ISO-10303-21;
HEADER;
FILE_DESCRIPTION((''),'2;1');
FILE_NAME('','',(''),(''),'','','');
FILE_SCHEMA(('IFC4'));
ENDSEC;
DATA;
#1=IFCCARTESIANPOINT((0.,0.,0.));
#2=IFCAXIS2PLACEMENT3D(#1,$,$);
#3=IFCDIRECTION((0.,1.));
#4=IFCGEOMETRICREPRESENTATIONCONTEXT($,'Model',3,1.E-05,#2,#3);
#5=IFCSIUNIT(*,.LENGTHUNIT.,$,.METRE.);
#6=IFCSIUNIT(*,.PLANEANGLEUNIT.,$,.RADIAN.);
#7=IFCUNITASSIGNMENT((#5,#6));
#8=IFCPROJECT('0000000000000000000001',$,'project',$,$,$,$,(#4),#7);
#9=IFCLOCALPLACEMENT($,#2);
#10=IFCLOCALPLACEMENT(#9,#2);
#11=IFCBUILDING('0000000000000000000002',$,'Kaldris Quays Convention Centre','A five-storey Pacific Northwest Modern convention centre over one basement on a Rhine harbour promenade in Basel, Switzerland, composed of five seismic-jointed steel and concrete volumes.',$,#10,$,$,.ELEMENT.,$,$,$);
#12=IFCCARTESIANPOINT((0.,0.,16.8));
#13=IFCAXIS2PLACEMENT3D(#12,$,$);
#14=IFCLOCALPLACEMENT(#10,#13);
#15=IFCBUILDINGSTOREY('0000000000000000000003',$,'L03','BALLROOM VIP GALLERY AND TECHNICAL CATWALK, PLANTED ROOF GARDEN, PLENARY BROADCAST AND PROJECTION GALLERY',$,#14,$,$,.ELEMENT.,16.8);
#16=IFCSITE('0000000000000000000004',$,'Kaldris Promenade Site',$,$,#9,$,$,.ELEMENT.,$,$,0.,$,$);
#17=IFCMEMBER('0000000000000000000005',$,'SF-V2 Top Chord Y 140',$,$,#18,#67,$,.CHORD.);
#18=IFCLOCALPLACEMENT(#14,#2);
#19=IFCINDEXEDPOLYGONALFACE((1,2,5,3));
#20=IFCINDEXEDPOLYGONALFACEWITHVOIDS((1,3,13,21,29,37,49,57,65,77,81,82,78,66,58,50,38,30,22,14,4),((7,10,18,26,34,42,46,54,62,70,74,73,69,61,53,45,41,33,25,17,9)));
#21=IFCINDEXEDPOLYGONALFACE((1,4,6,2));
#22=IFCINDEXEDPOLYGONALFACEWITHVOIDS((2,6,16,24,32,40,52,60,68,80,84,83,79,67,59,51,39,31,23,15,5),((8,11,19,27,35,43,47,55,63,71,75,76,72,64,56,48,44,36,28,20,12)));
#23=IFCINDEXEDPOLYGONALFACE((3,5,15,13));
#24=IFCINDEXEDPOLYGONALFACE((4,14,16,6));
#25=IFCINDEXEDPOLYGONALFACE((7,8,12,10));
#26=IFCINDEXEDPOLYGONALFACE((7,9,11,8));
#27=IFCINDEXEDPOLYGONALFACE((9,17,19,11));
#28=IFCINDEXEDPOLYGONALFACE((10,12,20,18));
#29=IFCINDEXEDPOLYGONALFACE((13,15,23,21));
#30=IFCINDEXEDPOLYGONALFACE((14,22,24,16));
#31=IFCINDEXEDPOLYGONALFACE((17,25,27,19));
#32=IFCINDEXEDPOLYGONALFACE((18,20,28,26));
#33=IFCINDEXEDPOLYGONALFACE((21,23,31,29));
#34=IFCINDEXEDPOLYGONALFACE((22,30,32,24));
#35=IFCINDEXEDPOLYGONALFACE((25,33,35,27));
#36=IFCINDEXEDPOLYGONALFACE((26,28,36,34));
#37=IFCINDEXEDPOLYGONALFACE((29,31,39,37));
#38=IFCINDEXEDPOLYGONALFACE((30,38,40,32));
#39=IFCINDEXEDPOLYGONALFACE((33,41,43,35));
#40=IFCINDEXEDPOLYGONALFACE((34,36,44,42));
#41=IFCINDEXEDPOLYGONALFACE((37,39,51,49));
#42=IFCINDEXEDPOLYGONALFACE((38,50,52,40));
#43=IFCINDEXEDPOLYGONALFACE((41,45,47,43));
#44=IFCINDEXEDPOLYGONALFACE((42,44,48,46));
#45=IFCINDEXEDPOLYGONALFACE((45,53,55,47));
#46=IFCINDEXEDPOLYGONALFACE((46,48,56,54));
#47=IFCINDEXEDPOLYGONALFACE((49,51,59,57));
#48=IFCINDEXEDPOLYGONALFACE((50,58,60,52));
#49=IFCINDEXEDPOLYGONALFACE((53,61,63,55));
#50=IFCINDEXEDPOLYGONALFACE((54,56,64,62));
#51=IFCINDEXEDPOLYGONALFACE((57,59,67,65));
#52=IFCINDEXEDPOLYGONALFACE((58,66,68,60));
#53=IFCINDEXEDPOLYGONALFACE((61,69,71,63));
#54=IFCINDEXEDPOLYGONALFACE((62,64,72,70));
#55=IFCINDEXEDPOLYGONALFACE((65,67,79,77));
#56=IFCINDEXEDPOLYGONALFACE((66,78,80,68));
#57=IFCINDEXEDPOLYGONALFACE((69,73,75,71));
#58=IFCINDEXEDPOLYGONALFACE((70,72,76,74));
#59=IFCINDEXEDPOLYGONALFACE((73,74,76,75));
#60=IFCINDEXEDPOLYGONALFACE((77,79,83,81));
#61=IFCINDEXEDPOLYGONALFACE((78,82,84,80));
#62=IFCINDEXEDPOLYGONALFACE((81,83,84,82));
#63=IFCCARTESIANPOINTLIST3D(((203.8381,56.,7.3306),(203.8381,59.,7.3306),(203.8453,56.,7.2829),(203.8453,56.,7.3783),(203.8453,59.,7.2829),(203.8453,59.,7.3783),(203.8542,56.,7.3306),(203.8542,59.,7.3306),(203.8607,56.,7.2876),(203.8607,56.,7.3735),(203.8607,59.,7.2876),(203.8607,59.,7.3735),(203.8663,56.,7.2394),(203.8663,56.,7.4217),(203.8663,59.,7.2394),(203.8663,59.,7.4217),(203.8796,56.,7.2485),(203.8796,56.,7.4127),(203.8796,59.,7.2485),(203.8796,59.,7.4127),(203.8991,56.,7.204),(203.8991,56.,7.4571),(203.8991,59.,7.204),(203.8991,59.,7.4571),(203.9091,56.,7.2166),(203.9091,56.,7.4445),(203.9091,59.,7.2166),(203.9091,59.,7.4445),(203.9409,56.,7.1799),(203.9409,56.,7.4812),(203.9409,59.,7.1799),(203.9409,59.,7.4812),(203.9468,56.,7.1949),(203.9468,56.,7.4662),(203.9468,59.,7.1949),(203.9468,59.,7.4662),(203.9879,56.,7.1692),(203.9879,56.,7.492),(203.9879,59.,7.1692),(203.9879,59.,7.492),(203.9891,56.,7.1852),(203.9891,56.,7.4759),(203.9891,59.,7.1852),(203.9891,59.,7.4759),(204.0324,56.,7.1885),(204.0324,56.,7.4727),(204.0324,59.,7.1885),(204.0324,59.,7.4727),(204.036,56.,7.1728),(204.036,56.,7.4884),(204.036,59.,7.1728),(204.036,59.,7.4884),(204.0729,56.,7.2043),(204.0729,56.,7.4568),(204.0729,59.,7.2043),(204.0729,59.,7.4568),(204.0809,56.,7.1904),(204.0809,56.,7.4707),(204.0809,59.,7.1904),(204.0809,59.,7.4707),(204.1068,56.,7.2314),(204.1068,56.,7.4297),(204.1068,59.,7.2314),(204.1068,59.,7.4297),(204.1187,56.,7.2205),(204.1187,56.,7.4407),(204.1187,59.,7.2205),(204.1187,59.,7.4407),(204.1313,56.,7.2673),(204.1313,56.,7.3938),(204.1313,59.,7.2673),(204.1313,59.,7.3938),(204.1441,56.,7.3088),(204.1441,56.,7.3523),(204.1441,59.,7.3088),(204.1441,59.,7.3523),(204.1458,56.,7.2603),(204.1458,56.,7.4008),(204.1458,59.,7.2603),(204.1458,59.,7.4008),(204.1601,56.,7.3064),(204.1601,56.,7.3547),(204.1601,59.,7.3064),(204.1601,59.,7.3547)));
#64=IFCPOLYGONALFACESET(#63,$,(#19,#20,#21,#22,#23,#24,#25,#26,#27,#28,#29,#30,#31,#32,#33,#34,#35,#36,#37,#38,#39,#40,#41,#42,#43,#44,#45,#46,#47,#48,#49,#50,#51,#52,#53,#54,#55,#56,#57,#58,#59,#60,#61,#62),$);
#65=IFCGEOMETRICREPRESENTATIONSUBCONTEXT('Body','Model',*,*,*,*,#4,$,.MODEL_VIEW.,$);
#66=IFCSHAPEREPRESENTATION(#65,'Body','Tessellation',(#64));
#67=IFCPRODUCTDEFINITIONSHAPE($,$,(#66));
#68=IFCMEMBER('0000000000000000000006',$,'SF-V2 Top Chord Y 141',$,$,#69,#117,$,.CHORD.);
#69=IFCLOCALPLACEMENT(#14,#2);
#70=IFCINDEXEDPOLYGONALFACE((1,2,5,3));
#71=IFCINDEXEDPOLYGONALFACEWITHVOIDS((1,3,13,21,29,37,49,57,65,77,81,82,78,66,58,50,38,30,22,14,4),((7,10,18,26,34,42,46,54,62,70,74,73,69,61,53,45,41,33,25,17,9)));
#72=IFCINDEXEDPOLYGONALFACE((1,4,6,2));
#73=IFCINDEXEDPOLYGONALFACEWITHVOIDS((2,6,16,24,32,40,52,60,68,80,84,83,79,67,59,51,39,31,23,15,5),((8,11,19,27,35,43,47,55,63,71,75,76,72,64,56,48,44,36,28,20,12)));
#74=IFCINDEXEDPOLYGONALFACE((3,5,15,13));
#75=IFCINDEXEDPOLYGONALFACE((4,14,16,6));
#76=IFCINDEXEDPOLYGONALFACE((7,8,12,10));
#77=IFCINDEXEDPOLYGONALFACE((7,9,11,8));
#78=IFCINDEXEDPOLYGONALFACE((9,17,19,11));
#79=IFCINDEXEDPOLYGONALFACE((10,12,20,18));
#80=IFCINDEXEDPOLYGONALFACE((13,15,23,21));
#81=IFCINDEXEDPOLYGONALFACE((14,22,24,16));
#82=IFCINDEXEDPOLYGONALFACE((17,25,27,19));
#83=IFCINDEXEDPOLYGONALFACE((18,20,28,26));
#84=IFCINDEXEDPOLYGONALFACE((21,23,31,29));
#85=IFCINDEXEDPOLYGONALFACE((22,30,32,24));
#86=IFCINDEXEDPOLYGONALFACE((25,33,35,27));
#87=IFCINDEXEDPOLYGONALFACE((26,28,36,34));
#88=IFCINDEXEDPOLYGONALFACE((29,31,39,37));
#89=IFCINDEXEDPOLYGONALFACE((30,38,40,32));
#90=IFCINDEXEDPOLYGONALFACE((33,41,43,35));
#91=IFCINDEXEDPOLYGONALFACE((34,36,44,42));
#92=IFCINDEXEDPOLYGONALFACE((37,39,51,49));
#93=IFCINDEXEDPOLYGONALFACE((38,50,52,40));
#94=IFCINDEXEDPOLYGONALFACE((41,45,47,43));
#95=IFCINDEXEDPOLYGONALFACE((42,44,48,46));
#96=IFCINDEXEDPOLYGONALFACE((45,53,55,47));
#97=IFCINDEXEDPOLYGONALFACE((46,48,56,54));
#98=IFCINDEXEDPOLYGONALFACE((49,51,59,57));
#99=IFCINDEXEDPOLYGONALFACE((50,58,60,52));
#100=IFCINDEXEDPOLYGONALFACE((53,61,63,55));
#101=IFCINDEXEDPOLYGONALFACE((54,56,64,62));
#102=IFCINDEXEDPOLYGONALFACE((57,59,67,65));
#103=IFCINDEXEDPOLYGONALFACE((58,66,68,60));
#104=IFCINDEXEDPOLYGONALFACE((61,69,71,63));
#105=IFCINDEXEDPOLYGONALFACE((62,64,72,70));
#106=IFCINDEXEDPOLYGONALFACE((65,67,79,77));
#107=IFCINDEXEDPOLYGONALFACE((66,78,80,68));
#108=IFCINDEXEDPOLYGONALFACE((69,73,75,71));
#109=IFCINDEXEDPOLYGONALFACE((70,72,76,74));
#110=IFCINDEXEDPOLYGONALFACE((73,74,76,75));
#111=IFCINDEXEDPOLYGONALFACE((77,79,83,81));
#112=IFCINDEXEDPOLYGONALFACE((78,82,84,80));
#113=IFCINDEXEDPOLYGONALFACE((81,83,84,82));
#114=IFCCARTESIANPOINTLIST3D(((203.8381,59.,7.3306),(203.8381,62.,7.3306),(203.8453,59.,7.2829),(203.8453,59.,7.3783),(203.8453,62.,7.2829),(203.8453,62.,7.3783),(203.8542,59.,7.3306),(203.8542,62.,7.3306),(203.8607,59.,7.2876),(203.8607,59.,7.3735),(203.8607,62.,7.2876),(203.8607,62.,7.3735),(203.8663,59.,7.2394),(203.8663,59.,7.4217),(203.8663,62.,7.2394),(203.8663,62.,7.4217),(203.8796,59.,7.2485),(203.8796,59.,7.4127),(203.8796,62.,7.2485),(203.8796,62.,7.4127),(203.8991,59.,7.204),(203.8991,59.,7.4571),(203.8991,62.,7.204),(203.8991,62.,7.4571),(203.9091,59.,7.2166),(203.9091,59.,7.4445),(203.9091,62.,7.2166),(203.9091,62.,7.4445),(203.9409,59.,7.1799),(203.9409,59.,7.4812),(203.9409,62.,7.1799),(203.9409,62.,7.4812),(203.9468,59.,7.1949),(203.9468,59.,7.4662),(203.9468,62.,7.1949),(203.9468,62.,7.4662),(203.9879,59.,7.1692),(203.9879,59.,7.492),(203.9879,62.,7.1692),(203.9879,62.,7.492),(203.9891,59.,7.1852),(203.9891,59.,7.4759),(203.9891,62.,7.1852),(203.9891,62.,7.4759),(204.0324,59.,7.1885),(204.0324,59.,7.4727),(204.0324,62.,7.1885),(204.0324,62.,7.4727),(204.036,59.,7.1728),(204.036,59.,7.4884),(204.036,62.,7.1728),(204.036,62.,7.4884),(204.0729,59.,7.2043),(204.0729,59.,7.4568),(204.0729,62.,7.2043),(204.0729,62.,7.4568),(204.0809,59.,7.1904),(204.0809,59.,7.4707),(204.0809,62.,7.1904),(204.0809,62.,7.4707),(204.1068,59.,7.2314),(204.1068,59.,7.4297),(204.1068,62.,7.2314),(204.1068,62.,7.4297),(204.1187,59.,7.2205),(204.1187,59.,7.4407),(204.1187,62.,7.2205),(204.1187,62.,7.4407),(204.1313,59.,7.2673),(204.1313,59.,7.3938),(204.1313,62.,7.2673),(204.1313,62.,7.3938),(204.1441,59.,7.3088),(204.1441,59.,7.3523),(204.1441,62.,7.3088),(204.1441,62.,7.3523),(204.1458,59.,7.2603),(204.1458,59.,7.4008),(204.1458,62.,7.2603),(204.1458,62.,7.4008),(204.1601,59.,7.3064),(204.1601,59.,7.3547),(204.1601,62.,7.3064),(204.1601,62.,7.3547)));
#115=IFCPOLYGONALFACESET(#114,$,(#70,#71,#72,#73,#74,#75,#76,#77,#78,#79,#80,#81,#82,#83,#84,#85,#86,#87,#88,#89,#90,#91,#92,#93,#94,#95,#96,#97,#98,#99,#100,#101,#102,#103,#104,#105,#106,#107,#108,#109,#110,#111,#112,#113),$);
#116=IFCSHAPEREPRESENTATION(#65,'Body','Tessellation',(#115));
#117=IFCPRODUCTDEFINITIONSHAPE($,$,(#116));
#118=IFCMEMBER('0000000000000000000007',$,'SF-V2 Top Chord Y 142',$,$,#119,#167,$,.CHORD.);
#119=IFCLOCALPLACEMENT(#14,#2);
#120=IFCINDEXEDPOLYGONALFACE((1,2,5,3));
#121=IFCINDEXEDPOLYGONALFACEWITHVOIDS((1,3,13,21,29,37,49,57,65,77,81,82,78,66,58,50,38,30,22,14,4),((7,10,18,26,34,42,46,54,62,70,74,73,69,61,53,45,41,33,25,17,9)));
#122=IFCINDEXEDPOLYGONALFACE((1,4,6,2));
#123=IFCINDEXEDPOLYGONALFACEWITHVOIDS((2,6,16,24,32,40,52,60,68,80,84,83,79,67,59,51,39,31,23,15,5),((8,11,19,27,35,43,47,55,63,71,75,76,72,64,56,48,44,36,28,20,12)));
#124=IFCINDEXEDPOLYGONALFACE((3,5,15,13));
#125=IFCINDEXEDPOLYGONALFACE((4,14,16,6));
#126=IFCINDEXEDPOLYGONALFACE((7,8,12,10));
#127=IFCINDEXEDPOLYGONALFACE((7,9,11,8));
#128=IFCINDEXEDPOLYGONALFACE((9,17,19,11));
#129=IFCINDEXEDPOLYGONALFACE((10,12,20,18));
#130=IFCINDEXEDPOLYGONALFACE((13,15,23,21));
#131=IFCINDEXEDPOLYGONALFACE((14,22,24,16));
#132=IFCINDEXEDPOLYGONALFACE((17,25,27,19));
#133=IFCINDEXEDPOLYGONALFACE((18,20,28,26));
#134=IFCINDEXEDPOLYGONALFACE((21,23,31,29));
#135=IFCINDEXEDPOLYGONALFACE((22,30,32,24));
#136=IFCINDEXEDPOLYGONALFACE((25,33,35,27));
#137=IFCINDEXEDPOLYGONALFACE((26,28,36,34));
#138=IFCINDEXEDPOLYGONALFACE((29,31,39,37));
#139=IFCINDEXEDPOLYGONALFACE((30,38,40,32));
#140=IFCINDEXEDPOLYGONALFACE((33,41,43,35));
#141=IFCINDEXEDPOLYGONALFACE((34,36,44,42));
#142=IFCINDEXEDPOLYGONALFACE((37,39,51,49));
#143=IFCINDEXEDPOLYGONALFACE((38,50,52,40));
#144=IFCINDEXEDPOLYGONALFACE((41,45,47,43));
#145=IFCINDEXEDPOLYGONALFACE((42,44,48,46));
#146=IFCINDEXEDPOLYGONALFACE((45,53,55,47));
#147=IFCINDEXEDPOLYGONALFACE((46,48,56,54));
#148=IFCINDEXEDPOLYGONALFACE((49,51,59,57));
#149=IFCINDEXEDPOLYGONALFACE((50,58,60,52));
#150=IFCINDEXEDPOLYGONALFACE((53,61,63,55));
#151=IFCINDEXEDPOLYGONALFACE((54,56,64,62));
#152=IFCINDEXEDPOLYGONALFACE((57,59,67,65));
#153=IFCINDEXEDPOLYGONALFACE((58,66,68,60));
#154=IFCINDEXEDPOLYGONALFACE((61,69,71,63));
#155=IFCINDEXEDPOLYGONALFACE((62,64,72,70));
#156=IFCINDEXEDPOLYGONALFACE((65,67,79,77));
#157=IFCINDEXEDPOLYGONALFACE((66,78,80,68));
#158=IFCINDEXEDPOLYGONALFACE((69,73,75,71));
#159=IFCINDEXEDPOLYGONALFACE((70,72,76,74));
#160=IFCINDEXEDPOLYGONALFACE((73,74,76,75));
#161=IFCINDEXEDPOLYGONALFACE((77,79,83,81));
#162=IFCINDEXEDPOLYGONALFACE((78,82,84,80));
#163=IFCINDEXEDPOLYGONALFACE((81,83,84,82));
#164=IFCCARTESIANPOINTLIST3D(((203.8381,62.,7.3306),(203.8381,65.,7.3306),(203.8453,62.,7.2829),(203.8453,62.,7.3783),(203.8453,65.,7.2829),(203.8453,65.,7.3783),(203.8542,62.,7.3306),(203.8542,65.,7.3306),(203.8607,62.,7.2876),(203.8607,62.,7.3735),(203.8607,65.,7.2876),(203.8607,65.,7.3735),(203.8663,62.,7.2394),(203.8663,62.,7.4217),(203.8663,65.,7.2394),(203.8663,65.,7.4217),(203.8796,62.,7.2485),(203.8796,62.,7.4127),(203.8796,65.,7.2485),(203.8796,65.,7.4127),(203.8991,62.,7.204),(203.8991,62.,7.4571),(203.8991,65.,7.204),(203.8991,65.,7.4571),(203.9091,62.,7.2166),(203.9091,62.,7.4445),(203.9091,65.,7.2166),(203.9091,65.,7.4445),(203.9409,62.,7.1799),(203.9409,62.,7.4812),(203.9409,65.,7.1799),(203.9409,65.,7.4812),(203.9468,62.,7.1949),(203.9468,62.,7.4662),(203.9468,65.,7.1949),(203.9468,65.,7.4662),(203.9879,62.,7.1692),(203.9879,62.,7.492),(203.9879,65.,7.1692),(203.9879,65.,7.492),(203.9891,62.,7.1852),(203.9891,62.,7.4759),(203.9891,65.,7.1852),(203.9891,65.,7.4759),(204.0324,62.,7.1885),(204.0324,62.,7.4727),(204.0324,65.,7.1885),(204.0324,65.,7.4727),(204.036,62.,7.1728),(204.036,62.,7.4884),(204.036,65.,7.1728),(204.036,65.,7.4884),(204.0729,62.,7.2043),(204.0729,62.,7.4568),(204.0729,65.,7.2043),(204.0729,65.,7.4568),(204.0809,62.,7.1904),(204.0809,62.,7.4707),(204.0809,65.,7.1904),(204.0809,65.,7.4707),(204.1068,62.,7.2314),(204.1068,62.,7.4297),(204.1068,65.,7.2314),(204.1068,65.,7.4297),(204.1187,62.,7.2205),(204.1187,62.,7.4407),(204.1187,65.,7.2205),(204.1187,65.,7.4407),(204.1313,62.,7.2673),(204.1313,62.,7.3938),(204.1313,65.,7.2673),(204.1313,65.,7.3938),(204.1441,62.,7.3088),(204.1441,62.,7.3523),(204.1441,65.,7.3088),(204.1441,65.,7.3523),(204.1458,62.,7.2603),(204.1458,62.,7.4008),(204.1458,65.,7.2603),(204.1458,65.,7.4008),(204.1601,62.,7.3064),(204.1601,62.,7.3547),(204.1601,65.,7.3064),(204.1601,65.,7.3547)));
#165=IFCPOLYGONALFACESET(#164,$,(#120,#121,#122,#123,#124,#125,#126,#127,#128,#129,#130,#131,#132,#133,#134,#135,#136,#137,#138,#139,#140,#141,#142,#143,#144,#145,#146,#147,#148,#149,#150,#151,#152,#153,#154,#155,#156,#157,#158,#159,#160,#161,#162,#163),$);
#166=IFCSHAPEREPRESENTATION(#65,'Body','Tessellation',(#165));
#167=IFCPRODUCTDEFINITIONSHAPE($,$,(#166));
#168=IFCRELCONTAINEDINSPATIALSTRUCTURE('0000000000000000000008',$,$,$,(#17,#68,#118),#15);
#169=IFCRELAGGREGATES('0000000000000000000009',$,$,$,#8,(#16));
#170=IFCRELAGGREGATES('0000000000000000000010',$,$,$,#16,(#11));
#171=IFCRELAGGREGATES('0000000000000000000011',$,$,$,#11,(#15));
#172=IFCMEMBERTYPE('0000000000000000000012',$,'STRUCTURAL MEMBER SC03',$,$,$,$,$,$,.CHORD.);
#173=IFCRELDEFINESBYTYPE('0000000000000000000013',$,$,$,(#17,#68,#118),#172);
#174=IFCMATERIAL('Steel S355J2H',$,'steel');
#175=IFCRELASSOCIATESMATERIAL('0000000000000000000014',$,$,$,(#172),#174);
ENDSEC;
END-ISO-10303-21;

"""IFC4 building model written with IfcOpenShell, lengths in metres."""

from ifc_helpers import new_model, si_unit, direction, frame, origin, origin_2d, place, context, subcontext, project, spatial, hollow_circle, extrude, material, material_profile, profile_set, type_object, element, save


model = new_model("IFC4")

# Units and contexts
model_context = context("Model", 3, precision=1e-05, world=origin(), true_north=direction((0.0, 1.0)))
body_context = subcontext(model_context, "Body", "Model", "MODEL_VIEW")
ifc_project = project(units=[si_unit("LENGTHUNIT", "METRE"), si_unit("PLANEANGLEUNIT", "RADIAN")], contexts=[model_context])

# Site, building, storey
site_placement = place(None, origin())
site = spatial("IfcSite", under=ifc_project, at=site_placement, Name="Kaldris Promenade Site", CompositionType="ELEMENT", RefElevation=0.0)
building_placement = place(site_placement, origin())
building = spatial("IfcBuilding", under=site, at=building_placement, Name="Kaldris Quays Convention Centre", Description="A five-storey Pacific Northwest Modern convention centre over one basement on a Rhine harbour promenade in Basel, Switzerland, composed of five seismic-jointed steel and concrete volumes.", CompositionType="ELEMENT")
storey_placement = place(building_placement, frame((0.0, 0.0, 16.8)))
storey = spatial("IfcBuildingStorey", under=building, at=storey_placement, Name="L03", Description="BALLROOM VIP GALLERY AND TECHNICAL CATWALK, PLANTED ROOF GARDEN, PLENARY BROADCAST AND PROJECTION GALLERY", CompositionType="ELEMENT", Elevation=16.8)

# Members
ifc_material_1 = material(Name="Steel S355J2H", Category="steel")
ifc_material_profile_1 = material_profile(ifc_material_1, hollow_circle(Radius=0.1619, WallThickness=0.0161, at=origin_2d()), Name="CHS 323.9x16")
ifc_profile_set_1 = profile_set([ifc_material_profile_1], Name="Steel S355J2H")
member_type_1 = type_object("IfcMemberType", Name="STRUCTURAL MEMBER SC03", PredefinedType="CHORD", material=ifc_profile_set_1)
for number, where, z_axis, x_axis, name in (
    (1, (204.0, 56.0, 7.3306), (0.0, 1.0, 0.0), (-1.0, 0.0, 0.0), "SF-V2 Top Chord Y 140"),
    (2, (204.0, 59.0, 7.3306), (0.0, 1.0, 0.0), (-1.0, 0.0, 0.0), "SF-V2 Top Chord Y 141"),
    (3, (204.0, 62.0, 7.3306), (0.0, 1.0, 0.0), (-1.0, 0.0, 0.0), "SF-V2 Top Chord Y 142"),
):
    element("IfcMember", number, at=place(storey_placement, frame(where, z_axis=z_axis, x_axis=x_axis)), inside=storey, type_object=member_type_1, Name=name, PredefinedType="CHORD", context=body_context, shape_type="SweptSolid", body=[
        extrude(hollow_circle(Radius=0.1619, WallThickness=0.0161, at=origin_2d()), origin(), (0.0, 0.0, 1.0), 3.0),
    ])

save(model, "model.ifc")
